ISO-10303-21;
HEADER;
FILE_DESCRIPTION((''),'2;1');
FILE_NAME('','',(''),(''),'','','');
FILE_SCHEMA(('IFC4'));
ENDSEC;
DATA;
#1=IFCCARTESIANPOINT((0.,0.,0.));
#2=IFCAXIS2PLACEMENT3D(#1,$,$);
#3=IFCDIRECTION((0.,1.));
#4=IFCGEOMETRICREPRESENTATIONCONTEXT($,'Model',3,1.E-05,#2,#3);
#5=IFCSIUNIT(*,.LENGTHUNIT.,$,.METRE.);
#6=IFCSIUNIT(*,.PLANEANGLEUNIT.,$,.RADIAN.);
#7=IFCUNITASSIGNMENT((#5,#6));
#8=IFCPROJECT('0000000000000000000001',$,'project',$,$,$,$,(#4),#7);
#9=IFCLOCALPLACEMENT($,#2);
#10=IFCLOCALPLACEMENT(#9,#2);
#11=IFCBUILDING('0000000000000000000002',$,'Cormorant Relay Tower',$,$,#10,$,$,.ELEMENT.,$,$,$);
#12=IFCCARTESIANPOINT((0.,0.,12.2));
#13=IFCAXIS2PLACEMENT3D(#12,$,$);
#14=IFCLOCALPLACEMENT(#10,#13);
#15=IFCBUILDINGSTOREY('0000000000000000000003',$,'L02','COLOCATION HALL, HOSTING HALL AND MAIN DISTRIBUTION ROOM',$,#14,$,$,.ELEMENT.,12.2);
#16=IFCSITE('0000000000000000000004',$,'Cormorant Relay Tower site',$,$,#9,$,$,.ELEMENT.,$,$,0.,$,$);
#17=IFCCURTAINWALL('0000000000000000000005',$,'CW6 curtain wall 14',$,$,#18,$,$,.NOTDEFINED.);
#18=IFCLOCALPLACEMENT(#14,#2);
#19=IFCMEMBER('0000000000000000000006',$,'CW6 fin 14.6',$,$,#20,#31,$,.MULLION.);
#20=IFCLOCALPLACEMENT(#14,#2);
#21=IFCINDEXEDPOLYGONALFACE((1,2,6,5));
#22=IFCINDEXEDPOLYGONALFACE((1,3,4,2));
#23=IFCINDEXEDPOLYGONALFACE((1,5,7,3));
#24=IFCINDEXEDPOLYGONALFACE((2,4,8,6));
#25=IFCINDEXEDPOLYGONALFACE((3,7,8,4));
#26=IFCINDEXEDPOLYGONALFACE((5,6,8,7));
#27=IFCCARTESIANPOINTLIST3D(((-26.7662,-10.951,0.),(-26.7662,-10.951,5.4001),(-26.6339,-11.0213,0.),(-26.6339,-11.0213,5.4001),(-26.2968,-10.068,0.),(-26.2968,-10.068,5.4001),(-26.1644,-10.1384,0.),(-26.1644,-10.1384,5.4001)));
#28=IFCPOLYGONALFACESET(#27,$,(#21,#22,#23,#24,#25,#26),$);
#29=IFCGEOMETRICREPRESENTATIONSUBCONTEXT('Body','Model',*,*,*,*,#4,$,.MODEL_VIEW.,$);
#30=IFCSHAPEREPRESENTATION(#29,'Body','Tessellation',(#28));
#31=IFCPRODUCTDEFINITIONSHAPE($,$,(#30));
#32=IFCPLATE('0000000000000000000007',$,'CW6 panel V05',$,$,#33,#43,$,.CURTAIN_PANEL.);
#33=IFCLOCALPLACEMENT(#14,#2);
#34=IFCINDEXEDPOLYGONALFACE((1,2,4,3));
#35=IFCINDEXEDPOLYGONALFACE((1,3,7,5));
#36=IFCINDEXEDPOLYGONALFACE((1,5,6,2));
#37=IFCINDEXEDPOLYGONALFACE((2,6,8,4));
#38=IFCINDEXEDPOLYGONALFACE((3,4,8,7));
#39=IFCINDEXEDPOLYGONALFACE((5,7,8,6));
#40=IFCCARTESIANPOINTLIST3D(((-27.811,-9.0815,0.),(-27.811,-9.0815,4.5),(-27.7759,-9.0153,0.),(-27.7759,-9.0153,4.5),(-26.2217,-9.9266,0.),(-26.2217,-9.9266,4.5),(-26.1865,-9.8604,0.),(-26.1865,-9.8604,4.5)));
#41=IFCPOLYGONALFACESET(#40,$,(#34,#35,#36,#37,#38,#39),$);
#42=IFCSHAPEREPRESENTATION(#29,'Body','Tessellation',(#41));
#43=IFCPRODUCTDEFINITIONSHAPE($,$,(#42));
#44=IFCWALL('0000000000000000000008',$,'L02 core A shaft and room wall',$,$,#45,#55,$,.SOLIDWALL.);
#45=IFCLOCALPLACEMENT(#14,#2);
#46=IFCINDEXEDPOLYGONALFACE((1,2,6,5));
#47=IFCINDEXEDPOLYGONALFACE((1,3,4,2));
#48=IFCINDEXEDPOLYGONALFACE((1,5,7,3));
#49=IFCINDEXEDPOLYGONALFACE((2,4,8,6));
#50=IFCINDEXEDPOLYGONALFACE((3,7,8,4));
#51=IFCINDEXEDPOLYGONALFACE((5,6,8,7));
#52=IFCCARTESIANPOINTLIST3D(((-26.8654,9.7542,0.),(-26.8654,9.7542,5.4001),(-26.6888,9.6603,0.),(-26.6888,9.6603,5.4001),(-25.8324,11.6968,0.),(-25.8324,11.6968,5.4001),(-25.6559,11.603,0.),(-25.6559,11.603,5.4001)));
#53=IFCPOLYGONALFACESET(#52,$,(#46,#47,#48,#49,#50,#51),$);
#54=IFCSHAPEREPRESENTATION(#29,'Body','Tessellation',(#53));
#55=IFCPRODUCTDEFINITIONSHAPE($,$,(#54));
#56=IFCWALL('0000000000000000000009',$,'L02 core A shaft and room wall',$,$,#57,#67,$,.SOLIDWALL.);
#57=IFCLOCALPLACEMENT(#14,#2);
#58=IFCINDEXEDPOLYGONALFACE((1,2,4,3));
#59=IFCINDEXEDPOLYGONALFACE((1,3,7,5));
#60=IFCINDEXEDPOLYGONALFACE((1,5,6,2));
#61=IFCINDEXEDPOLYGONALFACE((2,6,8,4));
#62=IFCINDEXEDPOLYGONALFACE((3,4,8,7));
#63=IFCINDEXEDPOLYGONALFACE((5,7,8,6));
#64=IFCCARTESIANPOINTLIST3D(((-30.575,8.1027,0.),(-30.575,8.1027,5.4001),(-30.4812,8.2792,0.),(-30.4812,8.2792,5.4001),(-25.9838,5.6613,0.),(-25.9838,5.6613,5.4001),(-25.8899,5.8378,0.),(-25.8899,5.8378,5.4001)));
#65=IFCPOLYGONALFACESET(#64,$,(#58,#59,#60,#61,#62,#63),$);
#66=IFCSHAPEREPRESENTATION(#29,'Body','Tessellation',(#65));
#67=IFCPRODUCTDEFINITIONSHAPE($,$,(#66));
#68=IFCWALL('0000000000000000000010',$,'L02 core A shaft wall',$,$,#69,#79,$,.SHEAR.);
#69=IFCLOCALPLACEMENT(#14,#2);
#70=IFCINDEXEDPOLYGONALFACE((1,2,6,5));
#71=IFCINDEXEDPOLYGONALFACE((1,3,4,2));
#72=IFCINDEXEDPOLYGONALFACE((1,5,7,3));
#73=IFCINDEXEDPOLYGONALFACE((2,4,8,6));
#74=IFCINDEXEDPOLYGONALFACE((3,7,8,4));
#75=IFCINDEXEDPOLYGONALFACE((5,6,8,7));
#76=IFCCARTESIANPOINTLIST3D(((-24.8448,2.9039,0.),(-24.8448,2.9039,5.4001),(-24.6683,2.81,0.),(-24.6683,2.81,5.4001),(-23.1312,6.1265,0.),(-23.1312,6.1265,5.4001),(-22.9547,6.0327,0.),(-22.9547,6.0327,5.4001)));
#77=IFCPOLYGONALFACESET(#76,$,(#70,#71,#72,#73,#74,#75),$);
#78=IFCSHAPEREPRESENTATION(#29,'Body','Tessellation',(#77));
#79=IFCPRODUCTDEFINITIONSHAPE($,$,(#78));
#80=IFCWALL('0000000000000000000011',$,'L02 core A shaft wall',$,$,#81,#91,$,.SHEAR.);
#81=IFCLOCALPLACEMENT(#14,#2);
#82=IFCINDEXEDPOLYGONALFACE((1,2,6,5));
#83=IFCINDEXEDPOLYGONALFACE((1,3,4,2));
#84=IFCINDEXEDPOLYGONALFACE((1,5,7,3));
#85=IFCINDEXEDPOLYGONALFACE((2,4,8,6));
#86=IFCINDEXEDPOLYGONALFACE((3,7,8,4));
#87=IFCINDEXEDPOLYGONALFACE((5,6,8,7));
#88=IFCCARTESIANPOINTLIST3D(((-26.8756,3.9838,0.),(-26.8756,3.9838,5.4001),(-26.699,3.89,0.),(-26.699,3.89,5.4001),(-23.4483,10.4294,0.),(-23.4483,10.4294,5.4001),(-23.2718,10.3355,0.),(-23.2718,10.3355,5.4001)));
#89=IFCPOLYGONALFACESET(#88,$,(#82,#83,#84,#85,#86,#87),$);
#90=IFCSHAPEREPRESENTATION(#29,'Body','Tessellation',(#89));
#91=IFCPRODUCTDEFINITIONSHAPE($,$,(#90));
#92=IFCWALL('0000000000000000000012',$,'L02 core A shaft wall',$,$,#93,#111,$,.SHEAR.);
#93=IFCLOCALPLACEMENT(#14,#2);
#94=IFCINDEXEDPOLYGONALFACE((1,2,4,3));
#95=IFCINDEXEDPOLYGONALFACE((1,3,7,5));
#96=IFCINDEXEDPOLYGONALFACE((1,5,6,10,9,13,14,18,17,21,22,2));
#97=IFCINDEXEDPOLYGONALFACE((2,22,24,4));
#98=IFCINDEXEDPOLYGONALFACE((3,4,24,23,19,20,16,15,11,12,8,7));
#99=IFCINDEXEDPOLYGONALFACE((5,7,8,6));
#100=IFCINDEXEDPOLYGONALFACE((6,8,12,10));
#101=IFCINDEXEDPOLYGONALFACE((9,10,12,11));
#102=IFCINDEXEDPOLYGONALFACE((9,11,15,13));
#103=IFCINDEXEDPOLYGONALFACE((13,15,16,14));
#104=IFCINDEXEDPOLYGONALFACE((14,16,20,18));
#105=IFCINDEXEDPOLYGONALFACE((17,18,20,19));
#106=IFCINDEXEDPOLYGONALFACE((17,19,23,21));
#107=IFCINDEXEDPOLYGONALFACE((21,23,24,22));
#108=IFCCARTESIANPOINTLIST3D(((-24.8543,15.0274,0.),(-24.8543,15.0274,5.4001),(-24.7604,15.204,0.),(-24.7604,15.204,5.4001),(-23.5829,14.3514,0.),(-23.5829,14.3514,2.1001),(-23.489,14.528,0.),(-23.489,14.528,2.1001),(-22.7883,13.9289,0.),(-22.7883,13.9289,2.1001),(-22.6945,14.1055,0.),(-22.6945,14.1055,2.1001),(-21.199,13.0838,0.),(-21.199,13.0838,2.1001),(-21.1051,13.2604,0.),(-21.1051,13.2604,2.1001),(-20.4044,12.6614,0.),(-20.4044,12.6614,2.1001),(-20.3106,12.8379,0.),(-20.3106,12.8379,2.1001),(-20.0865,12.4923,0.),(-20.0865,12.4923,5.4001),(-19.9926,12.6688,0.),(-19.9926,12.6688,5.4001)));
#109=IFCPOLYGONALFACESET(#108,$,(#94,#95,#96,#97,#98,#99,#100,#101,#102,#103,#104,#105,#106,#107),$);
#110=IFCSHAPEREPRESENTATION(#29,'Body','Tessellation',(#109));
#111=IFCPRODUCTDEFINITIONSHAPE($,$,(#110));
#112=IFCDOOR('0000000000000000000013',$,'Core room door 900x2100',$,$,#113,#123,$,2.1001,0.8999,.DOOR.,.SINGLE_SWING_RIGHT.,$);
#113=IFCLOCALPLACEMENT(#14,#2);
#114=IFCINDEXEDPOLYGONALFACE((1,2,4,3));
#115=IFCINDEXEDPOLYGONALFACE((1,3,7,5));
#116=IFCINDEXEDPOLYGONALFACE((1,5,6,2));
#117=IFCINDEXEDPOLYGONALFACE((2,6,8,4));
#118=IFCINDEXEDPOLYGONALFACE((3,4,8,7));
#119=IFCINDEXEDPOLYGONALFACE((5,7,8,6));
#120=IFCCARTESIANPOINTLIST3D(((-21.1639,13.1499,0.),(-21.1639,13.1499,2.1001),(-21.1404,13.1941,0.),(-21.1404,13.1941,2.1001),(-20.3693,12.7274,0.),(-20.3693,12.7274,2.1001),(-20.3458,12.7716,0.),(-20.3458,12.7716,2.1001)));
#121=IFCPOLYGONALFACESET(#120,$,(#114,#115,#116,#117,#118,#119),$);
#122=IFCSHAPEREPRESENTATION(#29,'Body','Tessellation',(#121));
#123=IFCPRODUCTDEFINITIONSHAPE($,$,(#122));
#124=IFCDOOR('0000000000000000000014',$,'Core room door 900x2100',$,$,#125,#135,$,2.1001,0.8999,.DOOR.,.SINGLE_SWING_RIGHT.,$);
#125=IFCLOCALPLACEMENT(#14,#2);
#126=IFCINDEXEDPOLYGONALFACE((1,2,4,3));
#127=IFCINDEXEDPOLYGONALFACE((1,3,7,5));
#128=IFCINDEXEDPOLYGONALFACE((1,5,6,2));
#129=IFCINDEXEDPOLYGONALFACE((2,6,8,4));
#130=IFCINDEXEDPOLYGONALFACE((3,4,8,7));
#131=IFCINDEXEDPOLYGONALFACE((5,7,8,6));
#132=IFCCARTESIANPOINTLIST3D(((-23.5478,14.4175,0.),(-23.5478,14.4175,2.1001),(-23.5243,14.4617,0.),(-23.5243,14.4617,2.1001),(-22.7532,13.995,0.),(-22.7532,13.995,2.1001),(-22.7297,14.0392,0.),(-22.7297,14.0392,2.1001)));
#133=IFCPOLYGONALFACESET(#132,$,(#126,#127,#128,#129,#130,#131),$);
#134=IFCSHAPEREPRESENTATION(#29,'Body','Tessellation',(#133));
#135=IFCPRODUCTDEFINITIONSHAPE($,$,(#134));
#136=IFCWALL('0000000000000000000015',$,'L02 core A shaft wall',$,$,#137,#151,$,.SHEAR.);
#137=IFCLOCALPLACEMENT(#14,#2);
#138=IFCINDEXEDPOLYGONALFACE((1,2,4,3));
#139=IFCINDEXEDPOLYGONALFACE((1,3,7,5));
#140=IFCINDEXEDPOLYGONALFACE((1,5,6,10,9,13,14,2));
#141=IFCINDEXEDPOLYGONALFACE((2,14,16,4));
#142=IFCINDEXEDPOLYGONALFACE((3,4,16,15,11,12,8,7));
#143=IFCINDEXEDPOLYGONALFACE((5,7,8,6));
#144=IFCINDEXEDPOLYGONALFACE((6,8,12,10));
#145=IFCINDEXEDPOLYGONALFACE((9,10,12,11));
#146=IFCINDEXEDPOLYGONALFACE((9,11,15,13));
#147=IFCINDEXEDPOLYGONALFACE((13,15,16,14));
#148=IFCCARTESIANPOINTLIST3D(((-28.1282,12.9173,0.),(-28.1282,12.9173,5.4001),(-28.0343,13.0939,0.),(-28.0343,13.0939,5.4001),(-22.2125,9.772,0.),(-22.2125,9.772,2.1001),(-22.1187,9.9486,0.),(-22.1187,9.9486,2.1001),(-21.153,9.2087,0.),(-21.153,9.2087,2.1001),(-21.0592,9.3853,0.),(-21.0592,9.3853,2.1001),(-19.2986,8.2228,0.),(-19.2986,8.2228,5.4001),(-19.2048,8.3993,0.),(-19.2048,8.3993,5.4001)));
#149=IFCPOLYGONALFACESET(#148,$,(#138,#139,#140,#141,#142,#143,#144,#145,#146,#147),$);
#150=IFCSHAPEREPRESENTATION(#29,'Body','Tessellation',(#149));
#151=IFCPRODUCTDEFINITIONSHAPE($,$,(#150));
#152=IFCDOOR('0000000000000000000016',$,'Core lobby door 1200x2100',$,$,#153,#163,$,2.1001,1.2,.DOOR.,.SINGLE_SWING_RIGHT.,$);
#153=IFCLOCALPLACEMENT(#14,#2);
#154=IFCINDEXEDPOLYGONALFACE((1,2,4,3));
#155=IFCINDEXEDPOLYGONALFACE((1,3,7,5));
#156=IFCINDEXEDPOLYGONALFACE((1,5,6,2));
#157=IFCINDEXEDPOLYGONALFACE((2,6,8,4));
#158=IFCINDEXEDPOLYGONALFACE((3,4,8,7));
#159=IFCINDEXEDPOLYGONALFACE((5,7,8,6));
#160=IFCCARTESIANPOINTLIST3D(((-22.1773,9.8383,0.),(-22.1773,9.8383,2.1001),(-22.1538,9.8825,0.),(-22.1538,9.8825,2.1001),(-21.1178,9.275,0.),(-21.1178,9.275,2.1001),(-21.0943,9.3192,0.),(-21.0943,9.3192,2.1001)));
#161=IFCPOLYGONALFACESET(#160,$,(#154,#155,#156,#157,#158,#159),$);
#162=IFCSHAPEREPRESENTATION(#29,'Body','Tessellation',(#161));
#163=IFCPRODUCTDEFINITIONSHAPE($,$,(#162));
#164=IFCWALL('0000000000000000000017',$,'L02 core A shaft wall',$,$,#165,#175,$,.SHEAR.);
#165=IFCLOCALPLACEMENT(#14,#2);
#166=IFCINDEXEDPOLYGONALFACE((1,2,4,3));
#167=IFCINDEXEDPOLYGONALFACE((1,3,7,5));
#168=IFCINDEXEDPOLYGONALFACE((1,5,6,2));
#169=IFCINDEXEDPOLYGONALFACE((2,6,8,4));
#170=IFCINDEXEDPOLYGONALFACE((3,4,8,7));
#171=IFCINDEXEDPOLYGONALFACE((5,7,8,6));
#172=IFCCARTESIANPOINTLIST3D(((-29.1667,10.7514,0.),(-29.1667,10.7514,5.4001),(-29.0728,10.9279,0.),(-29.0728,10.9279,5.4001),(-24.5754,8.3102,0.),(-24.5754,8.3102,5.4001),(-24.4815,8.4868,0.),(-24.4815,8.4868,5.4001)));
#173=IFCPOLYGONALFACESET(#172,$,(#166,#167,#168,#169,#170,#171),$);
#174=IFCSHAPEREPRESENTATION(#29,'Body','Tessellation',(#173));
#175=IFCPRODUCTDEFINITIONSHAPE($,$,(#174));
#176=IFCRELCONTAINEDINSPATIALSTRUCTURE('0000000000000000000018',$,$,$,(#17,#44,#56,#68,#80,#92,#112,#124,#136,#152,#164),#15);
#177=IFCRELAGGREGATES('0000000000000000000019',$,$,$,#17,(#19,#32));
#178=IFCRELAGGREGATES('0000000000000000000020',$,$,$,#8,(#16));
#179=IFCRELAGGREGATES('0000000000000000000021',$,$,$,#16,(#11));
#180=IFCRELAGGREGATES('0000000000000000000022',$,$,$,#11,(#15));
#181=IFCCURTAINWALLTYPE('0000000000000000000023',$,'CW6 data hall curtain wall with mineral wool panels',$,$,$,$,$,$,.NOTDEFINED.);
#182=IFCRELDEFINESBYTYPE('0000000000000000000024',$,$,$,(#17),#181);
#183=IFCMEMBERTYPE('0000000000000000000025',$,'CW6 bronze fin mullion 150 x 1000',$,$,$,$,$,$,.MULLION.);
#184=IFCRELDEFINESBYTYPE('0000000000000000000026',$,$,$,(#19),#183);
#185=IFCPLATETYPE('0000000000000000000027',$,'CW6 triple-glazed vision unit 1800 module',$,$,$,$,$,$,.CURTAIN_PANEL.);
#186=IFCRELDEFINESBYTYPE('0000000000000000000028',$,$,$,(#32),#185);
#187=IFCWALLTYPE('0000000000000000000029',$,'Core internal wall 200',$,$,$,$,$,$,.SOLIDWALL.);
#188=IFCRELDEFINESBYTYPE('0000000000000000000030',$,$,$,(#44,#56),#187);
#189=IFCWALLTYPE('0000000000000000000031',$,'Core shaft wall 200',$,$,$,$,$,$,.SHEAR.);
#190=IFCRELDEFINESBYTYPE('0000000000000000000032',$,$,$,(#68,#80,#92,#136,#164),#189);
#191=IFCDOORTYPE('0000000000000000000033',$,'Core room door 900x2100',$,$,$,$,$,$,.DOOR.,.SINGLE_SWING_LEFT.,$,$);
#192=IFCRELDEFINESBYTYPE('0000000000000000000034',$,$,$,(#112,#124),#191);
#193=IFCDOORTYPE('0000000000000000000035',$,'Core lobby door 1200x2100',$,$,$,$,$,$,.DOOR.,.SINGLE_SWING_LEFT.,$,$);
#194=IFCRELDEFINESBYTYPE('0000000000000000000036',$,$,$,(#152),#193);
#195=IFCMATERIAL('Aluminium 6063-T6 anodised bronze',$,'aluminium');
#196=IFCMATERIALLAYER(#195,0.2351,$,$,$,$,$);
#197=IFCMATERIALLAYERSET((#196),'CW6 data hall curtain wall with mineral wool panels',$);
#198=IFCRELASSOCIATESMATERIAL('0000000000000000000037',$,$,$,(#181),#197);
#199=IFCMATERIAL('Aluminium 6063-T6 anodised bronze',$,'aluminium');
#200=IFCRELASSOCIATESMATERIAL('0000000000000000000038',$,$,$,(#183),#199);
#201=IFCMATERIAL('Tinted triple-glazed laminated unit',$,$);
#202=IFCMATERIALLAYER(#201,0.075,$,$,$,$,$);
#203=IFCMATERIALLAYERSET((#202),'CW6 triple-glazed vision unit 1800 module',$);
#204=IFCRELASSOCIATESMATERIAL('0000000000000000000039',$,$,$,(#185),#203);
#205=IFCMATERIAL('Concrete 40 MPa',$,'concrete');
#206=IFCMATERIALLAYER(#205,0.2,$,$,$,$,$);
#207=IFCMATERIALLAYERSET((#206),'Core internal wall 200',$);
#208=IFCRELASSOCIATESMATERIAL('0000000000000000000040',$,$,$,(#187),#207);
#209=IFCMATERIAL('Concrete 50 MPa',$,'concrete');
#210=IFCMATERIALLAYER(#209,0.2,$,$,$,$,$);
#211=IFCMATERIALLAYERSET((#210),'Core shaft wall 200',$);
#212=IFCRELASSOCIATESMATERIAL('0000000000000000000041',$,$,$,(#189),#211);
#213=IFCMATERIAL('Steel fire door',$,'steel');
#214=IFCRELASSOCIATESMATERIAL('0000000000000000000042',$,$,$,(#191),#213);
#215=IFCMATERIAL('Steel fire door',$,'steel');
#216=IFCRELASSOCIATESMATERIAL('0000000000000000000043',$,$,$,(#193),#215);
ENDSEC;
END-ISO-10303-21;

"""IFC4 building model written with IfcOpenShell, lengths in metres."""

from ifc_helpers import new_model, si_unit, direction, frame, frame_2d, origin, origin_2d, place, context, subcontext, project, spatial, rectangle, extrude, material, layer, layer_set, material_profile, profile_set, type_object, element, fill, aggregate, save


model = new_model("IFC4")

# Units and contexts
model_context = context("Model", 3, precision=1e-05, world=origin(), true_north=direction((0.0, 1.0)))
body_context = subcontext(model_context, "Body", "Model", "MODEL_VIEW")
ifc_project = project(units=[si_unit("LENGTHUNIT", "METRE"), si_unit("PLANEANGLEUNIT", "RADIAN")], contexts=[model_context])

# Site, building, storey
site_placement = place(None, origin())
site = spatial("IfcSite", under=ifc_project, at=site_placement, Name="Cormorant Relay Tower site", CompositionType="ELEMENT", RefElevation=0.0)
building_placement = place(site_placement, origin())
building = spatial("IfcBuilding", under=site, at=building_placement, Name="Cormorant Relay Tower", CompositionType="ELEMENT")
storey_placement = place(building_placement, frame((0.0, 0.0, 12.2)))
storey = spatial("IfcBuildingStorey", under=building, at=storey_placement, Name="L02", Description="COLOCATION HALL, HOSTING HALL AND MAIN DISTRIBUTION ROOM", CompositionType="ELEMENT", Elevation=12.2)

# Curtain wall, member, plate
ifc_material_1 = material(Name="Aluminium 6063-T6 anodised bronze", Category="aluminium")
ifc_layer_1 = layer(ifc_material_1, 0.2351)
ifc_layer_set_1 = layer_set([ifc_layer_1], Name="CW6 data hall curtain wall with mineral wool panels")
curtain_wall_type = type_object("IfcCurtainWallType", Name="CW6 data hall curtain wall with mineral wool panels", PredefinedType="NOTDEFINED", material=ifc_layer_set_1)
curtain_wall_placement = place(storey_placement, origin())
curtain_wall = element("IfcCurtainWall", 1, at=curtain_wall_placement, inside=storey, type_object=curtain_wall_type, Name="CW6 curtain wall 14", PredefinedType="NOTDEFINED")
ifc_material_2 = material(Name="Aluminium 6063-T6 anodised bronze", Category="aluminium")
ifc_material_profile = material_profile(ifc_material_2, rectangle(XDim=0.1499, YDim=1.0, at=origin_2d()), Name="AL 150x1000")
ifc_profile_set = profile_set([ifc_material_profile], Name="Aluminium 6063-T6 anodised bronze")
member_type = type_object("IfcMemberType", Name="CW6 bronze fin mullion 150 x 1000", PredefinedType="MULLION", material=ifc_profile_set)
member_placement = place(storey_placement, frame((-26.4653, -10.5447, 0.0), z_axis=(0.0, 0.0, 1.0), x_axis=(0.882948, -0.469472, 0.0)))
member = element("IfcMember", 2, at=member_placement, type_object=member_type, Name="CW6 fin 14.6", PredefinedType="MULLION", context=body_context, shape_type="SweptSolid", body=[
    extrude(rectangle(XDim=0.1499, YDim=1.0, at=origin_2d()), origin(), (0.0, 0.0, 1.0), 5.4001),
])
ifc_material_3 = material(Name="Tinted triple-glazed laminated unit")
ifc_layer_2 = layer(ifc_material_3, 0.075)
ifc_layer_set_2 = layer_set([ifc_layer_2], Name="CW6 triple-glazed vision unit 1800 module")
plate_type = type_object("IfcPlateType", Name="CW6 triple-glazed vision unit 1800 module", PredefinedType="CURTAIN_PANEL", material=ifc_layer_set_2)
plate_placement = place(storey_placement, frame((-26.9988, -9.4709, 0.0), z_axis=(0.0, 0.0, 1.0), x_axis=(0.882948, -0.469472, 0.0)))
plate = element("IfcPlate", 3, at=plate_placement, type_object=plate_type, Name="CW6 panel V05", PredefinedType="CURTAIN_PANEL", context=body_context, shape_type="SweptSolid", body=[
    extrude(rectangle(XDim=1.8, YDim=0.075, at=origin_2d()), origin(), (0.0, 0.0, 1.0), 4.5),
])

# Walls
ifc_material_4 = material(Name="Concrete 40 MPa", Category="concrete")
ifc_layer_3 = layer(ifc_material_4, 0.2)
ifc_layer_set_3 = layer_set([ifc_layer_3], Name="Core internal wall 200")
wall_type_1 = type_object("IfcWallType", Name="Core internal wall 200", PredefinedType="SOLIDWALL", material=ifc_layer_set_3)
wall_1_placement = place(storey_placement, frame((-25.7441, 11.6499, 0.0), z_axis=(0.0, 0.0, 1.0), x_axis=(-0.469488, -0.882939, 0.0)))
element("IfcWall", 4, at=wall_1_placement, inside=storey, type_object=wall_type_1, Name="L02 core A shaft and room wall", PredefinedType="SOLIDWALL", context=body_context, shape_type="SweptSolid", body=[
    extrude(rectangle(XDim=2.2002, YDim=0.2, at=frame_2d((1.1001, 0.0))), origin(), (0.0, 0.0, 1.0), 5.4001),
])
wall_2_placement = place(storey_placement, frame((-25.9368, 5.7495, 0.0), z_axis=(0.0, 0.0, 1.0), x_axis=(-0.882935, 0.469496, 0.0)))
element("IfcWall", 5, at=wall_2_placement, inside=storey, type_object=wall_type_1, Name="L02 core A shaft and room wall", PredefinedType="SOLIDWALL", context=body_context, shape_type="SweptSolid", body=[
    extrude(rectangle(XDim=5.2, YDim=0.2, at=frame_2d((2.6001, 0.0))), origin(), (0.0, 0.0, 1.0), 5.4001),
])
ifc_material_5 = material(Name="Concrete 50 MPa", Category="concrete")
ifc_layer_4 = layer(ifc_material_5, 0.2)
ifc_layer_set_4 = layer_set([ifc_layer_4], Name="Core shaft wall 200")
wall_type_2 = type_object("IfcWallType", Name="Core shaft wall 200", PredefinedType="SHEAR", material=ifc_layer_set_4)
wall_3_placement = place(storey_placement, frame((-23.043, 6.0796, 0.0), z_axis=(0.0, 0.0, 1.0), x_axis=(-0.469494, -0.882936, 0.0)))
element("IfcWall", 6, at=wall_3_placement, inside=storey, type_object=wall_type_2, Name="L02 core A shaft wall", PredefinedType="SHEAR", context=body_context, shape_type="SweptSolid", body=[
    extrude(rectangle(XDim=3.6499, YDim=0.2, at=frame_2d((1.825, 0.0))), origin(), (0.0, 0.0, 1.0), 5.4001),
])
wall_4_placement = place(storey_placement, frame((-23.3601, 10.3823, 0.0), z_axis=(0.0, 0.0, 1.0), x_axis=(-0.46948, -0.882943, 0.0)))
element("IfcWall", 7, at=wall_4_placement, inside=storey, type_object=wall_type_2, Name="L02 core A shaft wall", PredefinedType="SHEAR", context=body_context, shape_type="SweptSolid", body=[
    extrude(rectangle(XDim=7.3, YDim=0.2, at=frame_2d((3.6499, 0.0))), origin(), (0.0, 0.0, 1.0), 5.4001),
])

# Wall, openings, doors
wall_5_placement = place(storey_placement, frame((-20.0396, 12.5806, 0.0), z_axis=(0.0, 0.0, 1.0), x_axis=(-0.882943, 0.46948, 0.0)))
wall_5 = element("IfcWall", 8, at=wall_5_placement, inside=storey, type_object=wall_type_2, Name="L02 core A shaft wall", PredefinedType="SHEAR", context=body_context, shape_type="SweptSolid", body=[
    extrude(rectangle(XDim=5.3999, YDim=0.2, at=frame_2d((2.7, 0.0))), origin(), (0.0, 0.0, 1.0), 5.4001),
])
opening_1_placement = place(wall_5_placement, frame((0.3601, 0.0, 0.0)))
opening_1 = element("IfcOpeningElement", 9, at=opening_1_placement, cuts=wall_5, PredefinedType="OPENING", context=body_context, shape_type="SweptSolid", body=[
    extrude(rectangle(XDim=0.8999, YDim=2.1001, at=frame_2d((0.45, 1.05))), frame((0.0, 0.1099, 0.0), z_axis=(0.0, -1.0, 0.0), x_axis=(1.0, 0.0, 0.0)), (0.0, 0.0, 1.0), 0.22),
])
opening_2_placement = place(wall_5_placement, frame((3.0601, 0.0, 0.0)))
opening_2 = element("IfcOpeningElement", 10, at=opening_2_placement, cuts=wall_5, PredefinedType="OPENING", context=body_context, shape_type="SweptSolid", body=[
    extrude(rectangle(XDim=0.8999, YDim=2.1001, at=frame_2d((0.45, 1.05))), frame((0.0, 0.1099, 0.0), z_axis=(0.0, -1.0, 0.0), x_axis=(1.0, 0.0, 0.0)), (0.0, 0.0, 1.0), 0.22),
])
ifc_material_6 = material(Name="Steel fire door", Category="steel")
door_type_1 = type_object("IfcDoorType", Name="Core room door 900x2100", OperationType="SINGLE_SWING_LEFT", PredefinedType="DOOR", material=ifc_material_6)
door_1_placement = place(opening_1_placement, frame((0.8999, 0.0, 0.0), z_axis=(0.0, 0.0, 1.0), x_axis=(-1.0, 0.0, 0.0)))
door_1 = element("IfcDoor", 11, at=door_1_placement, inside=storey, type_object=door_type_1, Name="Core room door 900x2100", OperationType="SINGLE_SWING_RIGHT", OverallHeight=2.1001, OverallWidth=0.8999, PredefinedType="DOOR", context=body_context, shape_type="SweptSolid", body=[
    extrude(rectangle(XDim=0.8999, YDim=2.1001, at=frame_2d((0.45, 1.05))), frame((0.0, 0.0249, 0.0), z_axis=(0.0, -1.0, 0.0), x_axis=(1.0, 0.0, 0.0)), (0.0, 0.0, 1.0), 0.05),
])
fill(opening_1, door_1)
door_2_placement = place(opening_2_placement, frame((0.8999, 0.0, 0.0), z_axis=(0.0, 0.0, 1.0), x_axis=(-1.0, 0.0, 0.0)))
door_2 = element("IfcDoor", 12, at=door_2_placement, inside=storey, type_object=door_type_1, Name="Core room door 900x2100", OperationType="SINGLE_SWING_RIGHT", OverallHeight=2.1001, OverallWidth=0.8999, PredefinedType="DOOR", context=body_context, shape_type="SweptSolid", body=[
    extrude(rectangle(XDim=0.8999, YDim=2.1001, at=frame_2d((0.45, 1.05))), frame((0.0, 0.0249, 0.0), z_axis=(0.0, -1.0, 0.0), x_axis=(1.0, 0.0, 0.0)), (0.0, 0.0, 1.0), 0.05),
])
fill(opening_2, door_2)

# Wall, opening, door
wall_6_placement = place(storey_placement, frame((-19.2517, 8.311, 0.0), z_axis=(0.0, 0.0, 1.0), x_axis=(-0.882956, 0.469456, 0.0)))
wall_6 = element("IfcWall", 13, at=wall_6_placement, inside=storey, type_object=wall_type_2, Name="L02 core A shaft wall", PredefinedType="SHEAR", context=body_context, shape_type="SweptSolid", body=[
    extrude(rectangle(XDim=10.0, YDim=0.2, at=frame_2d((5.0, 0.0))), origin(), (0.0, 0.0, 1.0), 5.4001),
])
opening_3_placement = place(wall_6_placement, frame((2.1001, 0.0, 0.0)))
opening_3 = element("IfcOpeningElement", 14, at=opening_3_placement, cuts=wall_6, PredefinedType="OPENING", context=body_context, shape_type="SweptSolid", body=[
    extrude(rectangle(XDim=1.2, YDim=2.1001, at=frame_2d((0.6001, 1.05))), frame((0.0, 0.1099, 0.0), z_axis=(0.0, -1.0, 0.0), x_axis=(1.0, 0.0, 0.0)), (0.0, 0.0, 1.0), 0.22),
])
ifc_material_7 = material(Name="Steel fire door", Category="steel")
door_type_2 = type_object("IfcDoorType", Name="Core lobby door 1200x2100", OperationType="SINGLE_SWING_LEFT", PredefinedType="DOOR", material=ifc_material_7)
door_3_placement = place(opening_3_placement, origin())
door_3 = element("IfcDoor", 15, at=door_3_placement, inside=storey, type_object=door_type_2, Name="Core lobby door 1200x2100", OperationType="SINGLE_SWING_RIGHT", OverallHeight=2.1001, OverallWidth=1.2, PredefinedType="DOOR", context=body_context, shape_type="SweptSolid", body=[
    extrude(rectangle(XDim=1.2, YDim=2.1001, at=frame_2d((0.6001, 1.05))), frame((0.0, 0.0249, 0.0), z_axis=(0.0, -1.0, 0.0), x_axis=(1.0, 0.0, 0.0)), (0.0, 0.0, 1.0), 0.05),
])
fill(opening_3, door_3)

# Wall
wall_7_placement = place(storey_placement, frame((-24.5283, 8.3984, 0.0), z_axis=(0.0, 0.0, 1.0), x_axis=(-0.882954, 0.46946, 0.0)))
element("IfcWall", 16, at=wall_7_placement, inside=storey, type_object=wall_type_2, Name="L02 core A shaft wall", PredefinedType="SHEAR", context=body_context, shape_type="SweptSolid", body=[
    extrude(rectangle(XDim=5.2, YDim=0.2, at=frame_2d((2.6001, 0.0))), origin(), (0.0, 0.0, 1.0), 5.4001),
])

aggregate(curtain_wall, [member, plate])

save(model, "model.ifc")
